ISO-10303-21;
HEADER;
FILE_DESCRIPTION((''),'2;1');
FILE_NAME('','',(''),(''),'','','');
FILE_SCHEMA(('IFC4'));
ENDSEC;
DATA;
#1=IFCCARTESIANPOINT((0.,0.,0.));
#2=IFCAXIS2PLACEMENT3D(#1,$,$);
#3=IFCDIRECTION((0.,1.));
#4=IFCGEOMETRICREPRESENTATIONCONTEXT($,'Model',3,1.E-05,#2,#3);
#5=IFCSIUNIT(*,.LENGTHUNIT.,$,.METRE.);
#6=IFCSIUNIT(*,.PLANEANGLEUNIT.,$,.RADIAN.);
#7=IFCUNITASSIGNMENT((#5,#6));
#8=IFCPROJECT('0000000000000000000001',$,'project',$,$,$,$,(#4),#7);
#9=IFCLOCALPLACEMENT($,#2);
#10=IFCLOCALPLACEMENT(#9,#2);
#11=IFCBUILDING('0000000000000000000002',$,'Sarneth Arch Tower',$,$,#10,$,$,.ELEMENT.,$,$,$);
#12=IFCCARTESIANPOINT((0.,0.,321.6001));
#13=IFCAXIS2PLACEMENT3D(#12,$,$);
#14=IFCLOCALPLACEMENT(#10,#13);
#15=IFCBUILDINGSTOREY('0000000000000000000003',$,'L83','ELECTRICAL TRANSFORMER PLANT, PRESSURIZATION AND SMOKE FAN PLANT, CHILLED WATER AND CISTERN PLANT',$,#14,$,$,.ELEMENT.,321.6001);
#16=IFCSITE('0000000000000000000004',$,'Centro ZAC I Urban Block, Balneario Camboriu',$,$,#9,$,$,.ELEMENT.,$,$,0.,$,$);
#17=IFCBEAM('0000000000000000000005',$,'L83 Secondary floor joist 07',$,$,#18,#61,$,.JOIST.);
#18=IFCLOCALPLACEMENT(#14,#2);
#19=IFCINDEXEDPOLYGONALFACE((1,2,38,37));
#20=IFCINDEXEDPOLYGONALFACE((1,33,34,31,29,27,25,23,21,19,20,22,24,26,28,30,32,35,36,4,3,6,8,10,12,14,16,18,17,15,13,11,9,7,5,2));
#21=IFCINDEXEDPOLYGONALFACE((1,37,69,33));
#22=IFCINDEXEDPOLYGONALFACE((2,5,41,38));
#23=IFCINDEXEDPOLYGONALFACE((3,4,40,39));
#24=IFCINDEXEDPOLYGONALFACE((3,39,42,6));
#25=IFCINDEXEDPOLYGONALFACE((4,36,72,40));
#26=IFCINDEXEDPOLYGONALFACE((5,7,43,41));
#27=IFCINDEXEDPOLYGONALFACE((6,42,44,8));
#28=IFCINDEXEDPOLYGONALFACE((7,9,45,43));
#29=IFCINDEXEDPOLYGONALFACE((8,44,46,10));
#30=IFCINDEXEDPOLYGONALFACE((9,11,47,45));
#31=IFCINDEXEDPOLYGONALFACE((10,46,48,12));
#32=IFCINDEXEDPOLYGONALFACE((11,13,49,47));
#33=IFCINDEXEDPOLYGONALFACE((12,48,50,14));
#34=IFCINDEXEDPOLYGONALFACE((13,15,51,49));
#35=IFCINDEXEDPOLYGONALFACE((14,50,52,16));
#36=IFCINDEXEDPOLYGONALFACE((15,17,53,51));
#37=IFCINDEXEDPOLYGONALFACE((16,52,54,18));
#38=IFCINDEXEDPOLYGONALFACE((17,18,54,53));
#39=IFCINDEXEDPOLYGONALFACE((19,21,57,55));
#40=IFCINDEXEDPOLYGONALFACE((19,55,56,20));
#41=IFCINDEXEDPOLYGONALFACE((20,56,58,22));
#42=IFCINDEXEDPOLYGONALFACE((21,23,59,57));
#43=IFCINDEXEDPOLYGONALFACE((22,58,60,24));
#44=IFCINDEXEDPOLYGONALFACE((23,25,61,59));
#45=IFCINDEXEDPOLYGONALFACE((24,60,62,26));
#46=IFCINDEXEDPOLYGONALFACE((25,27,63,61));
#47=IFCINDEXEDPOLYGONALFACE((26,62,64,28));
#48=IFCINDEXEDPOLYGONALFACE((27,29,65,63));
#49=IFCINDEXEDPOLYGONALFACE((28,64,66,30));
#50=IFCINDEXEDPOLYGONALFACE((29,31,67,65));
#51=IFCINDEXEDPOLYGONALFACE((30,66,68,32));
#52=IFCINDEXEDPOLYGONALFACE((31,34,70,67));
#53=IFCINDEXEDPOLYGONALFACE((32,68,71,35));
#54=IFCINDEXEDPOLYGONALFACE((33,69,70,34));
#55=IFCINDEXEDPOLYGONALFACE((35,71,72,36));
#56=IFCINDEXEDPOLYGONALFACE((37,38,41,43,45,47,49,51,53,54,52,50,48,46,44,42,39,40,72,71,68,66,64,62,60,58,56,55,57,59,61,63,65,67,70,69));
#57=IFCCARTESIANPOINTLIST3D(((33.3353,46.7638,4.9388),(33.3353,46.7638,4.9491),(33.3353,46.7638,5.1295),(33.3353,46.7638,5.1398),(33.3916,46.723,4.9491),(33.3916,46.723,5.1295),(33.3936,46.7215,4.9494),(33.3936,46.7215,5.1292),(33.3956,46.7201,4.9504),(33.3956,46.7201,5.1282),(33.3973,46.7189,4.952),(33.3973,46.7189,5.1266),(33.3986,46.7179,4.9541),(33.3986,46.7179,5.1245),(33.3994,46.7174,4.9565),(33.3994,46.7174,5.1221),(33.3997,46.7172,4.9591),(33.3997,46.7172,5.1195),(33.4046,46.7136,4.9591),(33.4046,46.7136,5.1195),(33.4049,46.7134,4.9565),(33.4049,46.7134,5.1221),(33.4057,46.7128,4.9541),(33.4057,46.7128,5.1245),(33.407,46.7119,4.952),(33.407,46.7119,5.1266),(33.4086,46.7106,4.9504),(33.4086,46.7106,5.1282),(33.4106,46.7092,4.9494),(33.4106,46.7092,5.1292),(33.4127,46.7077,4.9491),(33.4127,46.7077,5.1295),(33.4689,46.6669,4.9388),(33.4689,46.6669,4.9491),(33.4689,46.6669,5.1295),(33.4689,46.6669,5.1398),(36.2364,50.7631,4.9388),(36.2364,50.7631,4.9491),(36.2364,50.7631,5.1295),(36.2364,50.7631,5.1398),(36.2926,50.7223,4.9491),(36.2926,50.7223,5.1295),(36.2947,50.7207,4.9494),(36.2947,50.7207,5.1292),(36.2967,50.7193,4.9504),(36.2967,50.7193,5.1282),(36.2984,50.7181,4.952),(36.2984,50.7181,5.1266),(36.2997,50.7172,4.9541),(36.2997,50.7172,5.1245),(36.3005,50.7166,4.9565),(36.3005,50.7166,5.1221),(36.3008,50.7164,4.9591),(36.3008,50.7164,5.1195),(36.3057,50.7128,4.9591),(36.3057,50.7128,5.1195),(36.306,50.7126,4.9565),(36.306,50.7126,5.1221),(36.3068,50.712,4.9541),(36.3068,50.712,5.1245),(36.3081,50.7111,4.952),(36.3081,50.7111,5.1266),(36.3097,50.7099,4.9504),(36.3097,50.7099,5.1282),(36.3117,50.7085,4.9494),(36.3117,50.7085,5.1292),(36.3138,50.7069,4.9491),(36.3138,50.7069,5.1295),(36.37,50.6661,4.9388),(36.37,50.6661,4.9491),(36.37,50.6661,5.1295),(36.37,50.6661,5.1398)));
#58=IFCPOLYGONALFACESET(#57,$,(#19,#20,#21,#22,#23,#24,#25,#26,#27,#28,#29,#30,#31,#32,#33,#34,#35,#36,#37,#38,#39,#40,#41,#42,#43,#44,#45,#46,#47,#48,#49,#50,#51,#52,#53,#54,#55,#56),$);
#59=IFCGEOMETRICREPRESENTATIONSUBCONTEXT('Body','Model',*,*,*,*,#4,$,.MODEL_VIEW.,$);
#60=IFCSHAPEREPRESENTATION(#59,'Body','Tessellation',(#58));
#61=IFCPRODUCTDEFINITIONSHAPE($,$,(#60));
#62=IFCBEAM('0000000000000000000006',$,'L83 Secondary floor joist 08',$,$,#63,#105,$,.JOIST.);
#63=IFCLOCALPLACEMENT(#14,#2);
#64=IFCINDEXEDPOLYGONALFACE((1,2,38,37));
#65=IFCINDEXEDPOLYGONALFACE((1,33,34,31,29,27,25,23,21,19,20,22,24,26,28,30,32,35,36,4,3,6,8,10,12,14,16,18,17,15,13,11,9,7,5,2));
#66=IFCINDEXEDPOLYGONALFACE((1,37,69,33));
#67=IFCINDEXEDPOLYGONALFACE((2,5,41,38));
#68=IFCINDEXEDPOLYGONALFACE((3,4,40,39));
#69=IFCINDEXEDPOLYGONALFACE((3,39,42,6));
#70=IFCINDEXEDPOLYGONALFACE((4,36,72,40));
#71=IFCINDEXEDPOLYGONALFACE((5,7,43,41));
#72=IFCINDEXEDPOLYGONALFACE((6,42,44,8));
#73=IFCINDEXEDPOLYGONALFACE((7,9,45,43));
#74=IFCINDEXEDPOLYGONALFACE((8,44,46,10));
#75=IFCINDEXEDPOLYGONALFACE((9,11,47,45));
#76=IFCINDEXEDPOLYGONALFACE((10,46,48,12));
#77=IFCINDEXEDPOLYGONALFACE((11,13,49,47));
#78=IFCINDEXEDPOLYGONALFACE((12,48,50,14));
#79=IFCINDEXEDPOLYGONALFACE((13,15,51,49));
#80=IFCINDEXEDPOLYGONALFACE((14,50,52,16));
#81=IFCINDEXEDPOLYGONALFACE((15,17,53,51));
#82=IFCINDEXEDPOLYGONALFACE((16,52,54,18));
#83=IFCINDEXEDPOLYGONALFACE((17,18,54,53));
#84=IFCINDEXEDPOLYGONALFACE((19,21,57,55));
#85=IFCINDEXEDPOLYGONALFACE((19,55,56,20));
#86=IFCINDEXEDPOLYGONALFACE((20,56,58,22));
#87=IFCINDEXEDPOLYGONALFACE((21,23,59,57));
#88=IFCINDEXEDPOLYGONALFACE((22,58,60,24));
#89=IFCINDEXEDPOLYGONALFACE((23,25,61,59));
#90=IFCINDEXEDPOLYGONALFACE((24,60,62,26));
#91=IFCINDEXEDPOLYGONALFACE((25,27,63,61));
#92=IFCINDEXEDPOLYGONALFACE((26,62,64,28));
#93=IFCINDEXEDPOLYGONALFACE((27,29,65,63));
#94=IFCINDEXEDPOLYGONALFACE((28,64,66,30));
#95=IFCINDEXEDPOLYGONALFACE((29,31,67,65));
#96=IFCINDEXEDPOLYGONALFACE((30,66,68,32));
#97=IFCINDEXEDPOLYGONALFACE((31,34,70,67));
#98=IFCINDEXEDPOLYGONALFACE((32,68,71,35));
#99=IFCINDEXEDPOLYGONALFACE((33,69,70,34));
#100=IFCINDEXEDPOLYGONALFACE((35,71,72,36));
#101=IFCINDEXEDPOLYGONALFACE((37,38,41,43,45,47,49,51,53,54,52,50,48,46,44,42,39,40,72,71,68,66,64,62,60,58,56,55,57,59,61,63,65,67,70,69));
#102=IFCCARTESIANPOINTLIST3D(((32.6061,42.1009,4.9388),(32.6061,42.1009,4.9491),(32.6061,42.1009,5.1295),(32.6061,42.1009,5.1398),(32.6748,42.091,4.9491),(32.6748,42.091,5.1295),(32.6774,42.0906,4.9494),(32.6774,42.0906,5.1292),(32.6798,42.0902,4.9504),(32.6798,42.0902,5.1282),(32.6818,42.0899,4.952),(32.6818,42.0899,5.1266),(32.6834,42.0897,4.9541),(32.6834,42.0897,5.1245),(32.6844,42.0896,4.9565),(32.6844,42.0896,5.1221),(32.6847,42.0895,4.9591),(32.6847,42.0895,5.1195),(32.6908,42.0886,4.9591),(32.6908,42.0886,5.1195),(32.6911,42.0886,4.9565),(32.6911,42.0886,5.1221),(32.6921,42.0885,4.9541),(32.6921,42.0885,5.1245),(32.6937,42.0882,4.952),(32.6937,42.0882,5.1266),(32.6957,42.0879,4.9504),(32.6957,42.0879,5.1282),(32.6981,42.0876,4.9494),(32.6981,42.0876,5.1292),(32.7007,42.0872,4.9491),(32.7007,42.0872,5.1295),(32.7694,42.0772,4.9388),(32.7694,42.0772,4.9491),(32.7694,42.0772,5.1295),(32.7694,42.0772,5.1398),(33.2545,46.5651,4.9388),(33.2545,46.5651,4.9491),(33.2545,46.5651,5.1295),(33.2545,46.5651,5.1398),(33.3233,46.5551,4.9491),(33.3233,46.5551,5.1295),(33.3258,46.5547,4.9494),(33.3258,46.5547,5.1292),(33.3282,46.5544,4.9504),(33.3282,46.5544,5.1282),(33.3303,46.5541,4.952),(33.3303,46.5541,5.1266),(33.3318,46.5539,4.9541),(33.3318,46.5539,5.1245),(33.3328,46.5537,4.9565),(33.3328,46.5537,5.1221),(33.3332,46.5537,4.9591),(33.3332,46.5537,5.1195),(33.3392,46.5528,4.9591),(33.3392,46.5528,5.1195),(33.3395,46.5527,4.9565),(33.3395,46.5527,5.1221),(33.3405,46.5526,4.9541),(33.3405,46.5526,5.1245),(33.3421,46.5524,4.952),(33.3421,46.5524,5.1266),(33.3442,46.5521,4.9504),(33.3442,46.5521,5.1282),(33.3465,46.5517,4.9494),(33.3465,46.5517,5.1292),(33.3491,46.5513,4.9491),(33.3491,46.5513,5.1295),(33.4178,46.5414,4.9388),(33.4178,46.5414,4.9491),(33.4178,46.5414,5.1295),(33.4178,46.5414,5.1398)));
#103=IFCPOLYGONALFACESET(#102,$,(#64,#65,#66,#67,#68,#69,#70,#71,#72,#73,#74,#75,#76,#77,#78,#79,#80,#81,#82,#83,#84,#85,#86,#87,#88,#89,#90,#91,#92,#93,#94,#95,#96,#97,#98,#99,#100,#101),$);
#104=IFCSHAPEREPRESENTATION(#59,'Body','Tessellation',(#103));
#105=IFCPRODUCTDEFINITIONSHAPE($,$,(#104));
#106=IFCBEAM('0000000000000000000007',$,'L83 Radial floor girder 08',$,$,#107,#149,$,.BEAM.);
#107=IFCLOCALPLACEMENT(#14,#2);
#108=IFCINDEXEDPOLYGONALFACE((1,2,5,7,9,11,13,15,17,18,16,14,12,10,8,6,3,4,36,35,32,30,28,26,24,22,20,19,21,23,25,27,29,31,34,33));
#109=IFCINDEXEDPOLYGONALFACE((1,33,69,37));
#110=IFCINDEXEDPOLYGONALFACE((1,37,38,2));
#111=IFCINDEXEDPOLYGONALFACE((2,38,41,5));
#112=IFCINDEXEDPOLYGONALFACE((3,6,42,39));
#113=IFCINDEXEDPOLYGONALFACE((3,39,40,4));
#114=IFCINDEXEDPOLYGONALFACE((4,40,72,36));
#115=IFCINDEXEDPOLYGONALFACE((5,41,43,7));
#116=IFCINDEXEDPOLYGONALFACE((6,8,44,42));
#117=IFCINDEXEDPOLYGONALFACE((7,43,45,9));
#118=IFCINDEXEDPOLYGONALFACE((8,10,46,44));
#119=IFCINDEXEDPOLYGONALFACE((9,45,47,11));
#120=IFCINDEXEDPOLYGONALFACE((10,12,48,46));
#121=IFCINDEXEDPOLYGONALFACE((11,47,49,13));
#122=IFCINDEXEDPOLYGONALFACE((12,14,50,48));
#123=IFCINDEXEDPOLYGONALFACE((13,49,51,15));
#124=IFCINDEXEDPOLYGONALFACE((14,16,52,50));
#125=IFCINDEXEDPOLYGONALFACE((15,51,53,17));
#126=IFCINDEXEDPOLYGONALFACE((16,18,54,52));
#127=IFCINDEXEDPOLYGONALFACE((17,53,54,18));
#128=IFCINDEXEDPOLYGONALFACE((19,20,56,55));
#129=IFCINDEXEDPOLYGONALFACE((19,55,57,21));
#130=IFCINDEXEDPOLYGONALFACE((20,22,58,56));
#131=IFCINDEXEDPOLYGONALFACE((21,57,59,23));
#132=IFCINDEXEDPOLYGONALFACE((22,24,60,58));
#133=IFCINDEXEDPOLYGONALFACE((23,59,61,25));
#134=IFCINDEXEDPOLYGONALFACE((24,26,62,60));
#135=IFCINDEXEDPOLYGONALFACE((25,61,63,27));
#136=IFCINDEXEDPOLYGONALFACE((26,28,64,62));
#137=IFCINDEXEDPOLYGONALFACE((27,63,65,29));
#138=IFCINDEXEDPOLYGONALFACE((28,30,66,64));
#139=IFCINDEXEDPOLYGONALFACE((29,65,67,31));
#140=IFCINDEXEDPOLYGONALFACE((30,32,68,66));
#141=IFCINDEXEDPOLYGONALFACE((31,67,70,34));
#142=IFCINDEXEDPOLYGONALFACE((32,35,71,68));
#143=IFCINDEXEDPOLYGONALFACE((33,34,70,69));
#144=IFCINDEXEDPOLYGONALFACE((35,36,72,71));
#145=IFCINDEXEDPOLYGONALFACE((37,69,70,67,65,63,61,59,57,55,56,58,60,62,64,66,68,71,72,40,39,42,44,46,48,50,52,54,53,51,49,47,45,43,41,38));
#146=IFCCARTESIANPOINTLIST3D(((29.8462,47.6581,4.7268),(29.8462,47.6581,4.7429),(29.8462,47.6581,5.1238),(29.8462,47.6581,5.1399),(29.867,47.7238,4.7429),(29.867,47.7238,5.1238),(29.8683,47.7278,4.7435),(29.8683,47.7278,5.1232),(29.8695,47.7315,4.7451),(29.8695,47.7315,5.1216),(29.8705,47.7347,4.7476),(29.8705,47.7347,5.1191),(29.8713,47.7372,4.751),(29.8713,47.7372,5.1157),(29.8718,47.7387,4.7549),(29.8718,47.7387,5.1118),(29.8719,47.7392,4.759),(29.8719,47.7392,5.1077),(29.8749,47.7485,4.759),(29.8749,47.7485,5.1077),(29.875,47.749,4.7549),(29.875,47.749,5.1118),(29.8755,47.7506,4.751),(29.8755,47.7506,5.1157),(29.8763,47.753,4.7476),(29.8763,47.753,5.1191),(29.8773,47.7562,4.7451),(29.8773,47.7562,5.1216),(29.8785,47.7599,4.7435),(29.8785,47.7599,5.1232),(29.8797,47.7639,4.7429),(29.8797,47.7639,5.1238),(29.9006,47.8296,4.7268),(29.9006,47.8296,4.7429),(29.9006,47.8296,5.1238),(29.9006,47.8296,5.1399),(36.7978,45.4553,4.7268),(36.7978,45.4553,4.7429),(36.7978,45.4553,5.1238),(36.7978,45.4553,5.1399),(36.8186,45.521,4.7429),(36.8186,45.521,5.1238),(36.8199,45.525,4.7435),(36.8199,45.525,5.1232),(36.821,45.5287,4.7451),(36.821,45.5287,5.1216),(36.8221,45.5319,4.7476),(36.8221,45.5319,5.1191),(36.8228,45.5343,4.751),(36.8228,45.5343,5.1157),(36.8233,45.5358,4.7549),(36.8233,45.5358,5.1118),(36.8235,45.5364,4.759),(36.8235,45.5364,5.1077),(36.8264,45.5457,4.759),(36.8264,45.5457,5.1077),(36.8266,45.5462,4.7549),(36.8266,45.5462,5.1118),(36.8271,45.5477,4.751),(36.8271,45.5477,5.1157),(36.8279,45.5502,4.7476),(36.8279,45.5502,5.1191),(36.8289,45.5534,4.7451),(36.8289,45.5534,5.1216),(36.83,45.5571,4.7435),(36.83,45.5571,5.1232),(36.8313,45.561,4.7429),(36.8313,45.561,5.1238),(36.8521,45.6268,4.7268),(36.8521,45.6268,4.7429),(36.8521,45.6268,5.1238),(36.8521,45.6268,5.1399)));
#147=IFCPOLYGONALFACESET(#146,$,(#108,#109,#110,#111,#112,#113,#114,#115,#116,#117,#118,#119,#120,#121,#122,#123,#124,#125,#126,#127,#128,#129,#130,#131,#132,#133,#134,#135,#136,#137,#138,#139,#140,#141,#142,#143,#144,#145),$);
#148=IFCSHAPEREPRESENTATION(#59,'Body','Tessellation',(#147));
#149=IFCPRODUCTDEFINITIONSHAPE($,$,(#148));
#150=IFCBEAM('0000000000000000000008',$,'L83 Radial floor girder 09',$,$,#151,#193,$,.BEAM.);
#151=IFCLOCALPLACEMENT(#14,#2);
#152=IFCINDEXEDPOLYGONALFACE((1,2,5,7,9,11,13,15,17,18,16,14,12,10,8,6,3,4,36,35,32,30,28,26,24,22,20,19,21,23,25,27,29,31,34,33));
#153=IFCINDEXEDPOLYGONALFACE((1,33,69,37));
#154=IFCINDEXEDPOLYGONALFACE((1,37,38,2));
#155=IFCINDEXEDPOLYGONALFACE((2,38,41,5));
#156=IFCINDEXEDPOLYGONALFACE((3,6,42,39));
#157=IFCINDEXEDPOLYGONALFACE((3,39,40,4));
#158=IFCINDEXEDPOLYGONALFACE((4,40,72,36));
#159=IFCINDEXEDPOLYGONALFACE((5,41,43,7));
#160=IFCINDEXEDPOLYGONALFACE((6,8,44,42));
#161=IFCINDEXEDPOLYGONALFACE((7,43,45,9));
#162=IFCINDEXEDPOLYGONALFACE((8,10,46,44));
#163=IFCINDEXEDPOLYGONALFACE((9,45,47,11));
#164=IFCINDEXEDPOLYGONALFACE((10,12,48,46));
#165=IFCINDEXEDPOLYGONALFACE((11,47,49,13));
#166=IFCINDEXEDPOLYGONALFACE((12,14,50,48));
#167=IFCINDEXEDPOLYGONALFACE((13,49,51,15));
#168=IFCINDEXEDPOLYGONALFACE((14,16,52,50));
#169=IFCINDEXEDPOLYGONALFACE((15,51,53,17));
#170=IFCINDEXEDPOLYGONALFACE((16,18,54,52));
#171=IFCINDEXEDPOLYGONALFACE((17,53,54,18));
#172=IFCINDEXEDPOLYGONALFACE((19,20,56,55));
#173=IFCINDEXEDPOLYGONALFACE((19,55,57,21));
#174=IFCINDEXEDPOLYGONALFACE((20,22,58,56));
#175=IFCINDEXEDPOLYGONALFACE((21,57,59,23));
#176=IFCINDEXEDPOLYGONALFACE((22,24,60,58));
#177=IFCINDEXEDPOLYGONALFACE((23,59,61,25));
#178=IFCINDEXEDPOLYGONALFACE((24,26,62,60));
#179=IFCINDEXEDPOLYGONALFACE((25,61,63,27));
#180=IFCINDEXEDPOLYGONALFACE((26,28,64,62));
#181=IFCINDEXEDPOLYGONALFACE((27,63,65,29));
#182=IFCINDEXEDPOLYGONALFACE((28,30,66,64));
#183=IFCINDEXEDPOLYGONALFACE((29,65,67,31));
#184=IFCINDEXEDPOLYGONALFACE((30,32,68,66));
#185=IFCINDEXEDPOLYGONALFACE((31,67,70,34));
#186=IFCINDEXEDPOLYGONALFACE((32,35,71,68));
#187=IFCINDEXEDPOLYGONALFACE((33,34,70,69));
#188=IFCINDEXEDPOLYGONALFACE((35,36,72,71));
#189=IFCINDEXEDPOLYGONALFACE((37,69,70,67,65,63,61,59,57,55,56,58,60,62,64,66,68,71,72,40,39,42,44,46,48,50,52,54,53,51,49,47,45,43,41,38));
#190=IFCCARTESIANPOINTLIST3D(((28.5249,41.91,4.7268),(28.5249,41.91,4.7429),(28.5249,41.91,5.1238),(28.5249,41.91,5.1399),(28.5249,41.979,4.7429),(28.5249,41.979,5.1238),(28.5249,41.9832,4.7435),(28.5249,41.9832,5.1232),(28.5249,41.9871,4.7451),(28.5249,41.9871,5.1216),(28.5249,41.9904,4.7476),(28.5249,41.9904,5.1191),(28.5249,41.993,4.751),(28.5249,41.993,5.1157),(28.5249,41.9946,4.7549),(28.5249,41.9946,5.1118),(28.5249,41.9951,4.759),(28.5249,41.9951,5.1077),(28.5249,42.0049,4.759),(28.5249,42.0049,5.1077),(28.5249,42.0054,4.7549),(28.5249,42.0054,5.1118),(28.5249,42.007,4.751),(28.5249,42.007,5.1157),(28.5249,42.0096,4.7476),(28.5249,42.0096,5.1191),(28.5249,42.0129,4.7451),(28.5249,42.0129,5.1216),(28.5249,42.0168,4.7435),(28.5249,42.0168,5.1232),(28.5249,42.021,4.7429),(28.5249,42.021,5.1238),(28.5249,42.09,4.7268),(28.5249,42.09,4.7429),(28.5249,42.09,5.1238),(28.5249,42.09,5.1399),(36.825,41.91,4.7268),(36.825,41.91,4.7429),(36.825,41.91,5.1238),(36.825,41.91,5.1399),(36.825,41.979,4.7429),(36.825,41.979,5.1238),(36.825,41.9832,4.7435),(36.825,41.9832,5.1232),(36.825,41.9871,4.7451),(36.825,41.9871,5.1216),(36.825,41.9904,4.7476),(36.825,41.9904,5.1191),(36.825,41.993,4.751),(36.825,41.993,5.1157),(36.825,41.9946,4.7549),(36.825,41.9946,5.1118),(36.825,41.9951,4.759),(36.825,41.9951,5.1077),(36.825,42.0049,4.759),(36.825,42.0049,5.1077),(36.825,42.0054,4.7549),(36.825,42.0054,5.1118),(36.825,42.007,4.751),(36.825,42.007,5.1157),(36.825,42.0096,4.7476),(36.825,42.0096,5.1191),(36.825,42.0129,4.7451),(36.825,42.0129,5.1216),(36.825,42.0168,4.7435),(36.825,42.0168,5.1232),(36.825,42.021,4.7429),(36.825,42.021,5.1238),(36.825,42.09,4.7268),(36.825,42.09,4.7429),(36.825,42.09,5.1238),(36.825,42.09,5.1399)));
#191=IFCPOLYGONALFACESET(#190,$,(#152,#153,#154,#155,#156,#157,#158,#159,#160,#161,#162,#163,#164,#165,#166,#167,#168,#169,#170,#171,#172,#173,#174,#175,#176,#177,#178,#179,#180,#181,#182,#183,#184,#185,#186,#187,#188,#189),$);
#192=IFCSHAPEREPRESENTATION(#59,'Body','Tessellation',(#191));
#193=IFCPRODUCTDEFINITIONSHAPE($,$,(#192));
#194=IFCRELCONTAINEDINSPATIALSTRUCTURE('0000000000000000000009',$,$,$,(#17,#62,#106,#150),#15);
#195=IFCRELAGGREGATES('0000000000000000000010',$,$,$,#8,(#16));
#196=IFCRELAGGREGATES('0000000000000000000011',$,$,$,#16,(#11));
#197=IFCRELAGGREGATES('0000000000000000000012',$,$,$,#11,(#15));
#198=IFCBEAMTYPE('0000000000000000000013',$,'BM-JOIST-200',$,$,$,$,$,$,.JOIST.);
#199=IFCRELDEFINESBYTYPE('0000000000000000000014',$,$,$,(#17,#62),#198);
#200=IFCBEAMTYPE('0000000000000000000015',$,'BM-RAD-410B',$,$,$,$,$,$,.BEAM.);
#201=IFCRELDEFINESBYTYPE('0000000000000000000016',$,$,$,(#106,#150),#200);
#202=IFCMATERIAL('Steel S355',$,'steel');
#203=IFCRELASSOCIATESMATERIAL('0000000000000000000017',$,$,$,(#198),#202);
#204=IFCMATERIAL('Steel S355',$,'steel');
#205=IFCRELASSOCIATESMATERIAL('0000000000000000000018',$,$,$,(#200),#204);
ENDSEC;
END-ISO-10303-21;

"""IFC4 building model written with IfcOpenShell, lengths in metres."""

from ifc_helpers import new_model, si_unit, direction, frame, origin, origin_2d, place, context, subcontext, project, spatial, i_section, extrude, material, material_profile, profile_set, type_object, element, save


model = new_model("IFC4")

# Units and contexts
model_context = context("Model", 3, precision=1e-05, world=origin(), true_north=direction((0.0, 1.0)))
body_context = subcontext(model_context, "Body", "Model", "MODEL_VIEW")
ifc_project = project(units=[si_unit("LENGTHUNIT", "METRE"), si_unit("PLANEANGLEUNIT", "RADIAN")], contexts=[model_context])

# Site, building, storey
site_placement = place(None, origin())
site = spatial("IfcSite", under=ifc_project, at=site_placement, Name="Centro ZAC I Urban Block, Balneario Camboriu", CompositionType="ELEMENT", RefElevation=0.0)
building_placement = place(site_placement, origin())
building = spatial("IfcBuilding", under=site, at=building_placement, Name="Sarneth Arch Tower", CompositionType="ELEMENT")
storey_placement = place(building_placement, frame((0.0, 0.0, 321.6001)))
storey = spatial("IfcBuildingStorey", under=building, at=storey_placement, Name="L83", Description="ELECTRICAL TRANSFORMER PLANT, PRESSURIZATION AND SMOKE FAN PLANT, CHILLED WATER AND CISTERN PLANT", CompositionType="ELEMENT", Elevation=321.6001)

# Beams
ifc_material_1 = material(Name="Steel S355", Category="steel")
ifc_material_profile_1 = material_profile(ifc_material_1, i_section(OverallWidth=0.165, OverallDepth=0.2009, WebThickness=0.0061, FlangeThickness=0.0103, FilletRadius=0.01, at=origin_2d()), Name="W200x35.9")
ifc_profile_set_1 = profile_set([ifc_material_profile_1], Name="Steel S355")
beam_type_1 = type_object("IfcBeamType", Name="BM-JOIST-200", PredefinedType="JOIST", material=ifc_profile_set_1)
beam_1_placement = place(storey_placement, frame((36.3032, 50.7146, 5.0393), z_axis=(-0.587187, -0.809451, 0.0), x_axis=(0.809451, -0.587187, 0.0)))
element("IfcBeam", 1, at=beam_1_placement, inside=storey, type_object=beam_type_1, Name="L83 Secondary floor joist 07", PredefinedType="JOIST", context=body_context, shape_type="SweptSolid", body=[
    extrude(i_section(OverallWidth=0.165, OverallDepth=0.2009, WebThickness=0.0061, FlangeThickness=0.0103, FilletRadius=0.01, at=origin_2d()), origin(), (0.0, 0.0, 1.0), 4.9407),
])
beam_2_placement = place(storey_placement, frame((33.3362, 46.5532, 5.0393), z_axis=(-0.143747, -0.989614, 0.0), x_axis=(0.989614, -0.143747, 0.0)))
element("IfcBeam", 2, at=beam_2_placement, inside=storey, type_object=beam_type_1, Name="L83 Secondary floor joist 08", PredefinedType="JOIST", context=body_context, shape_type="SweptSolid", body=[
    extrude(i_section(OverallWidth=0.165, OverallDepth=0.2009, WebThickness=0.0061, FlangeThickness=0.0103, FilletRadius=0.01, at=origin_2d()), origin(), (0.0, 0.0, 1.0), 4.511),
])
ifc_material_2 = material(Name="Steel S355", Category="steel")
ifc_material_profile_2 = material_profile(ifc_material_2, i_section(OverallWidth=0.1799, OverallDepth=0.4131, WebThickness=0.0098, FlangeThickness=0.0161, FilletRadius=0.0161, at=origin_2d()), Name="W410x75")
ifc_profile_set_2 = profile_set([ifc_material_profile_2], Name="Steel S355")
beam_type_2 = type_object("IfcBeamType", Name="BM-RAD-410B", PredefinedType="BEAM", material=ifc_profile_set_2)
beam_3_placement = place(storey_placement, frame((36.825, 45.541, 4.9333), z_axis=(-0.953282, 0.302081, 0.0), x_axis=(-0.302081, -0.953282, 0.0)))
element("IfcBeam", 3, at=beam_3_placement, inside=storey, type_object=beam_type_2, Name="L83 Radial floor girder 08", PredefinedType="BEAM", context=body_context, shape_type="SweptSolid", body=[
    extrude(i_section(OverallWidth=0.1799, OverallDepth=0.4131, WebThickness=0.0098, FlangeThickness=0.0161, FilletRadius=0.0161, at=origin_2d()), origin(), (0.0, 0.0, 1.0), 7.2922),
])
beam_4_placement = place(storey_placement, frame((36.825, 42.0, 4.9333), z_axis=(-1.0, 0.0, 0.0), x_axis=(0.0, -1.0, 0.0)))
element("IfcBeam", 4, at=beam_4_placement, inside=storey, type_object=beam_type_2, Name="L83 Radial floor girder 09", PredefinedType="BEAM", context=body_context, shape_type="SweptSolid", body=[
    extrude(i_section(OverallWidth=0.1799, OverallDepth=0.4131, WebThickness=0.0098, FlangeThickness=0.0161, FilletRadius=0.0161, at=origin_2d()), origin(), (0.0, 0.0, 1.0), 8.3),
])

save(model, "model.ifc")
